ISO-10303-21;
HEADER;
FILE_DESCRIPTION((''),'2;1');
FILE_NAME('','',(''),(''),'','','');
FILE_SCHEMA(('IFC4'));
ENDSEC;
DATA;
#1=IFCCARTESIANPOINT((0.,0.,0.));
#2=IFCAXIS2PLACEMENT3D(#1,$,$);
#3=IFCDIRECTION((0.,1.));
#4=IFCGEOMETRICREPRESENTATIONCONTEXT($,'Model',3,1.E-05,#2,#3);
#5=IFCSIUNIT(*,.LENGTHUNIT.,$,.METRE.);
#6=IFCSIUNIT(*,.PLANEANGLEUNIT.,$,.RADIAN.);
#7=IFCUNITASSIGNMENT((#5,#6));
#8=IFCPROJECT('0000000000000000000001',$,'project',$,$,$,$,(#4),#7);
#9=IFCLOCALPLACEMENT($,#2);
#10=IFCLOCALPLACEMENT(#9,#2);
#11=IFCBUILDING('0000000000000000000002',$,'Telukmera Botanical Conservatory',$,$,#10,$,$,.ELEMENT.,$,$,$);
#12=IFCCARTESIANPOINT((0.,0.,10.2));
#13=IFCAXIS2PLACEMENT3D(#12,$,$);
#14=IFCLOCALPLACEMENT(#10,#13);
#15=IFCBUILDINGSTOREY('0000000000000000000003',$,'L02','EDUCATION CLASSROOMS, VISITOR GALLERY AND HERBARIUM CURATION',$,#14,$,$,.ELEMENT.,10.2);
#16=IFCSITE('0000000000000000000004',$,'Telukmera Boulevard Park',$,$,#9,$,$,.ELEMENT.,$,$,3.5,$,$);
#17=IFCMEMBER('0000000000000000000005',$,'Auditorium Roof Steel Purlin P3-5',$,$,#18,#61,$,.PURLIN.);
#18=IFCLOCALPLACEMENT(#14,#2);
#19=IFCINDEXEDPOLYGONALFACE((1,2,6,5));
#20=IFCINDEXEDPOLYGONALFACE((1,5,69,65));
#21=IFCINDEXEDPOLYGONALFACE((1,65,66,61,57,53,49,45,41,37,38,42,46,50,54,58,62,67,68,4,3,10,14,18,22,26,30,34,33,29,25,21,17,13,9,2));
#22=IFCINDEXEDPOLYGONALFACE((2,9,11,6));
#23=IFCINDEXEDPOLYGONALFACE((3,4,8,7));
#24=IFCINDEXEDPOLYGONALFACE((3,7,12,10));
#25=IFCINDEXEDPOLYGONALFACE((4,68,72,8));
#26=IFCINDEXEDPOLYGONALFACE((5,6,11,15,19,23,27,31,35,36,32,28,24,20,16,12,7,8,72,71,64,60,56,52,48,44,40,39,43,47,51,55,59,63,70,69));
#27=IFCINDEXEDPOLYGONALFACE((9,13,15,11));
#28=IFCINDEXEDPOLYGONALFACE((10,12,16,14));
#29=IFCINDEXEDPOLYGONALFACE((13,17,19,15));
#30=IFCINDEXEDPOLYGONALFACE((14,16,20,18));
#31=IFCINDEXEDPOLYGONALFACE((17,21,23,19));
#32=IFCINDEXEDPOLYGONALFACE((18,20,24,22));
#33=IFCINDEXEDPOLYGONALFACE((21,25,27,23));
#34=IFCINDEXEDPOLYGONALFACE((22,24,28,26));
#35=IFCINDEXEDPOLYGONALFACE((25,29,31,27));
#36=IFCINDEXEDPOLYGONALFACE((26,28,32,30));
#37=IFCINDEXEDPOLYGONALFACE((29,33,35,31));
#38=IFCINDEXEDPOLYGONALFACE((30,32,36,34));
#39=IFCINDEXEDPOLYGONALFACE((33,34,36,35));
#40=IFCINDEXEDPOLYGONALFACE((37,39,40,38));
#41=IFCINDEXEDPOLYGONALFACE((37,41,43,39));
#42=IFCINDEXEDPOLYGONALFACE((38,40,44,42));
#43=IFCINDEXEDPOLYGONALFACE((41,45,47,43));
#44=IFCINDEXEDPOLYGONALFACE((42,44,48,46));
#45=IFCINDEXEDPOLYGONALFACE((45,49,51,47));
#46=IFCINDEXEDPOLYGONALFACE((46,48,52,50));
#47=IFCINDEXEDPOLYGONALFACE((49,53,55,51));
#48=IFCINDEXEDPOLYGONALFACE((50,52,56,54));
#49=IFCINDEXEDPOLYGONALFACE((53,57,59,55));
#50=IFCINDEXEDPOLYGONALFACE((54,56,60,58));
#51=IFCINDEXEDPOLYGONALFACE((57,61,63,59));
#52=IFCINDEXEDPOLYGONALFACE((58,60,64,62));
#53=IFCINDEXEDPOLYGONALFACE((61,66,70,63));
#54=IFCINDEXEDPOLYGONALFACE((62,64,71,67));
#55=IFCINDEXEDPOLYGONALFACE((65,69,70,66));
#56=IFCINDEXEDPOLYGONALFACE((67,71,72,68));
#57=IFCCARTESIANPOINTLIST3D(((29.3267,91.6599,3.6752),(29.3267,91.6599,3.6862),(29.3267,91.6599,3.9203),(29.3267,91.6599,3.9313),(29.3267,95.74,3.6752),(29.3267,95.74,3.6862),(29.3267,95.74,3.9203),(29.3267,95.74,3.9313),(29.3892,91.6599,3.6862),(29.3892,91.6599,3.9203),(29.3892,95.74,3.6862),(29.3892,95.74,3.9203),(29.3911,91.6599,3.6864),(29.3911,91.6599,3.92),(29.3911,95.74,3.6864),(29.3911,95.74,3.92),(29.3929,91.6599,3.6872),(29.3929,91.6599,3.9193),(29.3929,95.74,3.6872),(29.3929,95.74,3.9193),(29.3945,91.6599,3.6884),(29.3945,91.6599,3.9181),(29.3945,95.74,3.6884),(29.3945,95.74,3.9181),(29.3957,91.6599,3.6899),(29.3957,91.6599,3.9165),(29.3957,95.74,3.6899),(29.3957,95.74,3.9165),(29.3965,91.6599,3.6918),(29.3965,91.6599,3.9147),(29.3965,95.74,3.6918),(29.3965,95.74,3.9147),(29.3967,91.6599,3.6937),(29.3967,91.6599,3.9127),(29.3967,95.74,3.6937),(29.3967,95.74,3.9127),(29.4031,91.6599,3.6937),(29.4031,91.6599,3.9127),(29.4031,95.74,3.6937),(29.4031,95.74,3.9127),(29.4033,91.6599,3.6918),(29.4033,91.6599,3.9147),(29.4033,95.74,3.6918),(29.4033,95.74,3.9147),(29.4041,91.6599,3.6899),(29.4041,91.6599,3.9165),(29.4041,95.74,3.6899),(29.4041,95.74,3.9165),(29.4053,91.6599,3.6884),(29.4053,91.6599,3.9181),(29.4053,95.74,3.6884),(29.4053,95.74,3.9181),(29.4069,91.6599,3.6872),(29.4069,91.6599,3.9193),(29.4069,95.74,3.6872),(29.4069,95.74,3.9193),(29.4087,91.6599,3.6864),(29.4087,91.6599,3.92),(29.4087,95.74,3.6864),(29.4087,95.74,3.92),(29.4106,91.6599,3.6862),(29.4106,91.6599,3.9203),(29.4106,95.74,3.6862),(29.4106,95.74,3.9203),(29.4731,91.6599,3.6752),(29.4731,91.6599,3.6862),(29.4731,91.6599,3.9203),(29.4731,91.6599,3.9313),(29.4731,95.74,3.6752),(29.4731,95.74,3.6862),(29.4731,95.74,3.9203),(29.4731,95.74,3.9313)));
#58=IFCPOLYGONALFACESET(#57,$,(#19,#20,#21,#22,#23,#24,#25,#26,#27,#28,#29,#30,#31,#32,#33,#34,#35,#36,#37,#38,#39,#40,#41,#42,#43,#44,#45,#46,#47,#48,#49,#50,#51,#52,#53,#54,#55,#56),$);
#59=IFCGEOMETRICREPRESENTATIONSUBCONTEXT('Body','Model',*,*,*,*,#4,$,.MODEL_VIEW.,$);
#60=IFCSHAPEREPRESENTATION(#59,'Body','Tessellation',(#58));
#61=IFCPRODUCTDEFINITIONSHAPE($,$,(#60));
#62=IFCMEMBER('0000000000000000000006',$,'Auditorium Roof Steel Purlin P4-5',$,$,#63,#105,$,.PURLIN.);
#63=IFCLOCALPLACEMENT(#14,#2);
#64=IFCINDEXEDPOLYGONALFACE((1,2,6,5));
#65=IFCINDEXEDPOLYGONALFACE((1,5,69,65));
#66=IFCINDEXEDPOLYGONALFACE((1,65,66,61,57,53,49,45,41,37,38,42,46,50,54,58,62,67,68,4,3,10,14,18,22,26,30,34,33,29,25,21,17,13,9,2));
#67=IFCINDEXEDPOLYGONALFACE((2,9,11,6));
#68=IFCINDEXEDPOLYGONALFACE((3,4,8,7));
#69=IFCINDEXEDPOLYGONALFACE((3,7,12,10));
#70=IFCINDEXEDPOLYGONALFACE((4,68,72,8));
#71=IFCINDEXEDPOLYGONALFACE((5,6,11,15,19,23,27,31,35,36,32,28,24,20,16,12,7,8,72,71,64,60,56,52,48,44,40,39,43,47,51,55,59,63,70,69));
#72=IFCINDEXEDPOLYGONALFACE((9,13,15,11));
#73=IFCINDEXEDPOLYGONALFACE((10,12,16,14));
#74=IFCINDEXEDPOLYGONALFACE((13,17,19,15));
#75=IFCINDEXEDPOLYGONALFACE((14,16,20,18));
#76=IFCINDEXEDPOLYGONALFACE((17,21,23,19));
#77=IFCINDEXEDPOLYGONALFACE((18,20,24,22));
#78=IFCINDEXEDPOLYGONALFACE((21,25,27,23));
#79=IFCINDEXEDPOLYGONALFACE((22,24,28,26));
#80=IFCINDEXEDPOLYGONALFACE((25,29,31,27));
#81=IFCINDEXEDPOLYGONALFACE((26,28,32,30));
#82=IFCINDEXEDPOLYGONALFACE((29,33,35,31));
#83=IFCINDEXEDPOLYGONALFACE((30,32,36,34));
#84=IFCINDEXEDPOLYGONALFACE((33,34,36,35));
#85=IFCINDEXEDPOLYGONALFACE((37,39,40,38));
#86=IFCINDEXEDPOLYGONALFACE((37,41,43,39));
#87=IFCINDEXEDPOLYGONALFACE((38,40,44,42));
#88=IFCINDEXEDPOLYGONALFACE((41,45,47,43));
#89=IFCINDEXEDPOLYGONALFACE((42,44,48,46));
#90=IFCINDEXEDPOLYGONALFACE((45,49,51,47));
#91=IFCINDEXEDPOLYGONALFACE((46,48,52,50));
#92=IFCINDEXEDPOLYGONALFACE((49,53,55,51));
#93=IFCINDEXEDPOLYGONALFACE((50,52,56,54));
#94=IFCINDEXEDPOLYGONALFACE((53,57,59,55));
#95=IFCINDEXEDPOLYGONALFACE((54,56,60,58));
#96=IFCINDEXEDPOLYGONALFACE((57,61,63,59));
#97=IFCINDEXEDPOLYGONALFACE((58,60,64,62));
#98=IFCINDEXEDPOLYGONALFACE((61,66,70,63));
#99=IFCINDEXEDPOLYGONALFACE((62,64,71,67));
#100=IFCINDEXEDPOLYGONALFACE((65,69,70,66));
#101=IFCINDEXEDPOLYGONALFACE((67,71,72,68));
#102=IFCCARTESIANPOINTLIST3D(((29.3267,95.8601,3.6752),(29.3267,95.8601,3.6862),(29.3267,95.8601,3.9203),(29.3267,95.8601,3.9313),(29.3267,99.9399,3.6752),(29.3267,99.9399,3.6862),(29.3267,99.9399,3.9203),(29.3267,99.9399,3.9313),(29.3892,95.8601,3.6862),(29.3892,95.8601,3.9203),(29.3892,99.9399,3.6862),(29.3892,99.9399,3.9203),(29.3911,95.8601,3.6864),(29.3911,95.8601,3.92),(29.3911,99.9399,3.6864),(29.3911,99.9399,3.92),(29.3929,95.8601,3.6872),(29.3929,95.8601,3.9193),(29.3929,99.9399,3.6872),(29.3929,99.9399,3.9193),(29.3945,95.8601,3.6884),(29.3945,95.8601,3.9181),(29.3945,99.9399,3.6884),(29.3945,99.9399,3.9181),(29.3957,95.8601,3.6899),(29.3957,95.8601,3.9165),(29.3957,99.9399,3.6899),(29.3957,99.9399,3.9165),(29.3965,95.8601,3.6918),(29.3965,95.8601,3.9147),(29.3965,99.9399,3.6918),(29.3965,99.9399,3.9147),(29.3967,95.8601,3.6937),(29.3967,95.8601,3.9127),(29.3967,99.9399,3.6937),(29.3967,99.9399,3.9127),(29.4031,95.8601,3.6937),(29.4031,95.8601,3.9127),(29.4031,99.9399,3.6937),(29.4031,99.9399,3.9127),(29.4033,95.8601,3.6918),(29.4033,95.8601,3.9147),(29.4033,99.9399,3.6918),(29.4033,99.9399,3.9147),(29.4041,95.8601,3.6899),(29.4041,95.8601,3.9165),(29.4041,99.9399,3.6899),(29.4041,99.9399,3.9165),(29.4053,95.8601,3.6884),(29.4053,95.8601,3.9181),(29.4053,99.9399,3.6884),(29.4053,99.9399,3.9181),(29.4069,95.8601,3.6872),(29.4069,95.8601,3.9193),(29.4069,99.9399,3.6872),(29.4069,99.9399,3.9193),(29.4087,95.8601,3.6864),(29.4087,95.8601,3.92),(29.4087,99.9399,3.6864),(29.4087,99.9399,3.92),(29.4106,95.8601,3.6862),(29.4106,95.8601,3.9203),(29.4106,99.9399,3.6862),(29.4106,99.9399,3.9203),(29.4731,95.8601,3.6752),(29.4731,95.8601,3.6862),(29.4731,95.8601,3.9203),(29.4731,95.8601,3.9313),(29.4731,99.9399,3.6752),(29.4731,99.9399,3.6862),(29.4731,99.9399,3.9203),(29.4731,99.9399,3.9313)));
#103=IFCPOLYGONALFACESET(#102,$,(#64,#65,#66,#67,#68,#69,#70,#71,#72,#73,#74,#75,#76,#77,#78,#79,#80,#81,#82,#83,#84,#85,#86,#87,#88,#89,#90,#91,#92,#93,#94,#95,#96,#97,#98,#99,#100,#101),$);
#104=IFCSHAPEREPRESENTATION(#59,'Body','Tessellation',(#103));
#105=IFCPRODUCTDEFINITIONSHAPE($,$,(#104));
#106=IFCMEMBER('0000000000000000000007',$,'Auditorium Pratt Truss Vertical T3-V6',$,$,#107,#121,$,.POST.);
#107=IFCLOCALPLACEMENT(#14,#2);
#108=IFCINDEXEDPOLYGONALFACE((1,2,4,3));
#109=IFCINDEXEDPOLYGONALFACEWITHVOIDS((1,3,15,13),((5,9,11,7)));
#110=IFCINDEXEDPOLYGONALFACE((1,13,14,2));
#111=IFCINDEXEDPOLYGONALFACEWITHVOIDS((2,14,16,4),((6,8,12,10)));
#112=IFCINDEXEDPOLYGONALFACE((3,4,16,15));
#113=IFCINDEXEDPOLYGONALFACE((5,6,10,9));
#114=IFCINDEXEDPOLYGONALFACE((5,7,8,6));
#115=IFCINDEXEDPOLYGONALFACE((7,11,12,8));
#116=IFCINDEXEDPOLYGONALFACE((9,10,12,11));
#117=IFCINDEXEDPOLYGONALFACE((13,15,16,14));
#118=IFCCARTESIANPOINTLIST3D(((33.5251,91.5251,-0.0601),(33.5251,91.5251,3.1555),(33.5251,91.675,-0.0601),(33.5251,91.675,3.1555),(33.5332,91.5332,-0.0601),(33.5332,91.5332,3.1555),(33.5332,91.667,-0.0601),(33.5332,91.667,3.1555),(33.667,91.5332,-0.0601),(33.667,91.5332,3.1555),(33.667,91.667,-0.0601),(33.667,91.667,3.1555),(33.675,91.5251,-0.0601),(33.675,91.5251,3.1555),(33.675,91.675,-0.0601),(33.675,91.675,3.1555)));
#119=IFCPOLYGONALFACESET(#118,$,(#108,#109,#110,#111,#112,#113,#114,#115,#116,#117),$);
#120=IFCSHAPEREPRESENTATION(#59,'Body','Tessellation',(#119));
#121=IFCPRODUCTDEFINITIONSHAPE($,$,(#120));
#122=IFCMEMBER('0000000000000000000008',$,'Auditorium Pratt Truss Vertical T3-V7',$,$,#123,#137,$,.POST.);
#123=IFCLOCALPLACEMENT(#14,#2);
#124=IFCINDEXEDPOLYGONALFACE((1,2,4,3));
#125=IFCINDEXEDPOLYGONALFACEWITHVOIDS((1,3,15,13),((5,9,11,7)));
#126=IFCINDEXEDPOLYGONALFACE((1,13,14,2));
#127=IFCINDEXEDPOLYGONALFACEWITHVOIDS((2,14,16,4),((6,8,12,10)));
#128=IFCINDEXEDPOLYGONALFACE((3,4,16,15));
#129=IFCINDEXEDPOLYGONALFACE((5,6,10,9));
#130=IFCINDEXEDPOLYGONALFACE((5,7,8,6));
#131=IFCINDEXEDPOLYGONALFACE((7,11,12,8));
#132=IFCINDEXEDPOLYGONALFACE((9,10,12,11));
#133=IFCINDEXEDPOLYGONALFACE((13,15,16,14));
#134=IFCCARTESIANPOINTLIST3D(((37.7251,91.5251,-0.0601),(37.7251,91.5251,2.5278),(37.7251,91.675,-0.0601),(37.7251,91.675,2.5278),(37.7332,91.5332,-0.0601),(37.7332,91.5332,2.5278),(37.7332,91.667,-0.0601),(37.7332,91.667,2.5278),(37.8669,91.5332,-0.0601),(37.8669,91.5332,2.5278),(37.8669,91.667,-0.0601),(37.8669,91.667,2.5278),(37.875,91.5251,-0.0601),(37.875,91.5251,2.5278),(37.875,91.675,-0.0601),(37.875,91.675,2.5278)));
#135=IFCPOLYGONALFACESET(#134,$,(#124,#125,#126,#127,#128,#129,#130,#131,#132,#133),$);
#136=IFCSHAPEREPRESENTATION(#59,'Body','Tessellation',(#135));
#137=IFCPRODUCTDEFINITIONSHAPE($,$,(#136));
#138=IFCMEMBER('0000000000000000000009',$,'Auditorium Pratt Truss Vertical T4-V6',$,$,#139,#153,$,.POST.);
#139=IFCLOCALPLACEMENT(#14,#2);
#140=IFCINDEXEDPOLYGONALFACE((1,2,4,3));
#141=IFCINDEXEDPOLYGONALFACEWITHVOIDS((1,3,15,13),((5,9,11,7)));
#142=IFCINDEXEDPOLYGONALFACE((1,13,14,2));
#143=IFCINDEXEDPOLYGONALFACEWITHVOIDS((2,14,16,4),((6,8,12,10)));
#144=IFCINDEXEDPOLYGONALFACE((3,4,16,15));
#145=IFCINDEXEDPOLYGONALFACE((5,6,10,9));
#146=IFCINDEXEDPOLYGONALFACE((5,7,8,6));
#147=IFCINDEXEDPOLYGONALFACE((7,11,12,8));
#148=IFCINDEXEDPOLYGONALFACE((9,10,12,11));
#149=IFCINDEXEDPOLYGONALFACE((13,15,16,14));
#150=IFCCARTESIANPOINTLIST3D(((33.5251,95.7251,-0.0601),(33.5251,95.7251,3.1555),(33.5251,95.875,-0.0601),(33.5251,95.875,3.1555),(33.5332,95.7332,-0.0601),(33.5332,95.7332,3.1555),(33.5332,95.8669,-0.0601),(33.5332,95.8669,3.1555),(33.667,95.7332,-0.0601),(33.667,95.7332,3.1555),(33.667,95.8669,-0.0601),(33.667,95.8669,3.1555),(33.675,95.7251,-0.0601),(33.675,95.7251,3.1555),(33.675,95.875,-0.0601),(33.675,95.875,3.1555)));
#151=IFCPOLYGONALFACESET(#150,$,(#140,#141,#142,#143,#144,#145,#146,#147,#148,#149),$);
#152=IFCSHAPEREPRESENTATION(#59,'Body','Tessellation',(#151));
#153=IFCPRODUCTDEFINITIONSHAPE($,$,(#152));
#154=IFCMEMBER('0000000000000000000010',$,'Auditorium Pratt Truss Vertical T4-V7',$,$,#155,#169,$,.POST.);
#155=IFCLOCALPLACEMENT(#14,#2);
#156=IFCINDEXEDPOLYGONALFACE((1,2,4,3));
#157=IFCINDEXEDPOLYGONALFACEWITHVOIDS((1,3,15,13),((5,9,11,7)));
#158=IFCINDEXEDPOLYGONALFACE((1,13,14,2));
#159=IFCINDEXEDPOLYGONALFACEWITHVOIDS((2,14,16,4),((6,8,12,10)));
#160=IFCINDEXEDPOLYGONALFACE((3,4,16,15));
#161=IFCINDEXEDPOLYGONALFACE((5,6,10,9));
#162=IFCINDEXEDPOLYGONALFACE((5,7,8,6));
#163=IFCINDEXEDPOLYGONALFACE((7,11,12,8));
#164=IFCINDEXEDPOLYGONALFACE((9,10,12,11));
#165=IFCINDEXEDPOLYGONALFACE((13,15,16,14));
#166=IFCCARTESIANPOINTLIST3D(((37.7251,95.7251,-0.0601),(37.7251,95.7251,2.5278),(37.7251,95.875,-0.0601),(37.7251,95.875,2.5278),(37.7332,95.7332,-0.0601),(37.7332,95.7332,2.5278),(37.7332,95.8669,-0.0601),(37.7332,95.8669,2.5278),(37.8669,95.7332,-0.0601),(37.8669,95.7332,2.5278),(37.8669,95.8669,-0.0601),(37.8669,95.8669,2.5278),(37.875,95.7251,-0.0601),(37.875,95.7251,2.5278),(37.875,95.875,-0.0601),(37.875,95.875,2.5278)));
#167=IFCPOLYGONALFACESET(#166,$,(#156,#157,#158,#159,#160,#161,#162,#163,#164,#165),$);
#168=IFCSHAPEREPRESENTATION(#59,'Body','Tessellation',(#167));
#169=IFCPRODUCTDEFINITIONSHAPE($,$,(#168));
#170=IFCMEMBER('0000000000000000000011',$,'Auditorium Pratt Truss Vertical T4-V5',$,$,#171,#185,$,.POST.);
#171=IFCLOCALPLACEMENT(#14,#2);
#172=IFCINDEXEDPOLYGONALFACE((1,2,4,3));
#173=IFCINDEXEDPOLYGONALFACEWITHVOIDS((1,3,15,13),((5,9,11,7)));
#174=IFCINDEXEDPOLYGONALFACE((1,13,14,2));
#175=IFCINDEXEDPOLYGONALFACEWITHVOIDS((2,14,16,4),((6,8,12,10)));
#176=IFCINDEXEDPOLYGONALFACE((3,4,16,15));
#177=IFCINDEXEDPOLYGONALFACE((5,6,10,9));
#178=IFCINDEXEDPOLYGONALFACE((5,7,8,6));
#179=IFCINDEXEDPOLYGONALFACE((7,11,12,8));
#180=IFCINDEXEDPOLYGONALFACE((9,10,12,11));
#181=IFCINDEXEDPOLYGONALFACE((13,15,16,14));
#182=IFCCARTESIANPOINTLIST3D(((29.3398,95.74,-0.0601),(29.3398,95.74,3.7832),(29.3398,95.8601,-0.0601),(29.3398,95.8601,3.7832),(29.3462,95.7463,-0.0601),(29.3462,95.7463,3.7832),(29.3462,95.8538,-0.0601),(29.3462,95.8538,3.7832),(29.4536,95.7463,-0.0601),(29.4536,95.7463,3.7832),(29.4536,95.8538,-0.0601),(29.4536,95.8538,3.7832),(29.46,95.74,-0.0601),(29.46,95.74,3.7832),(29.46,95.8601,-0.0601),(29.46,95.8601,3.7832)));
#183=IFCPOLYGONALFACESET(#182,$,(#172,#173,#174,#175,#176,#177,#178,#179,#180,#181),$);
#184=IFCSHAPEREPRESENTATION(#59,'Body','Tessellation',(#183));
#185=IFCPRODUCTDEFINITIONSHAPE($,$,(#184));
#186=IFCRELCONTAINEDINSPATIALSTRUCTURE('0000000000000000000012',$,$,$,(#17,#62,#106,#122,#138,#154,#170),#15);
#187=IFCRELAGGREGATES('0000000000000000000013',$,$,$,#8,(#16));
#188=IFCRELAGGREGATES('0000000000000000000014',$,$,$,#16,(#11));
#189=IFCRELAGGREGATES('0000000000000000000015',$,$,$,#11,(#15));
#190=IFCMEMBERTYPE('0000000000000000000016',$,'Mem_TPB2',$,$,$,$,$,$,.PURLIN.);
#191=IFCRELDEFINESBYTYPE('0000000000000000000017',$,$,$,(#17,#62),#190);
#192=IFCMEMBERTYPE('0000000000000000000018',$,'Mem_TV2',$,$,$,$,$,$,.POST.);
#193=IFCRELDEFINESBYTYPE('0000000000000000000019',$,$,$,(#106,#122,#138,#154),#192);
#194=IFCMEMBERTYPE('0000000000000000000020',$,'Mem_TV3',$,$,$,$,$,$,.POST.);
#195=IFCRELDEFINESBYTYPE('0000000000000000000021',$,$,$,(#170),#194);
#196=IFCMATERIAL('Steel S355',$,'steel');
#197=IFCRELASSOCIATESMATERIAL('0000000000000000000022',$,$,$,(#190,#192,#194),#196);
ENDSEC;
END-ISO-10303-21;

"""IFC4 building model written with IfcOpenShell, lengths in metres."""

from ifc_helpers import new_model, si_unit, direction, frame, origin, origin_2d, place, context, subcontext, project, spatial, hollow_rectangle, i_section, extrude, material, material_profile, profile_set, type_object, element, save


model = new_model("IFC4")

# Units and contexts
model_context = context("Model", 3, precision=1e-05, world=origin(), true_north=direction((0.0, 1.0)))
body_context = subcontext(model_context, "Body", "Model", "MODEL_VIEW")
ifc_project = project(units=[si_unit("LENGTHUNIT", "METRE"), si_unit("PLANEANGLEUNIT", "RADIAN")], contexts=[model_context])

# Site, building, storey
site_placement = place(None, origin())
site = spatial("IfcSite", under=ifc_project, at=site_placement, Name="Telukmera Boulevard Park", CompositionType="ELEMENT", RefElevation=3.5)
building_placement = place(site_placement, origin())
building = spatial("IfcBuilding", under=site, at=building_placement, Name="Telukmera Botanical Conservatory", CompositionType="ELEMENT")
storey_placement = place(building_placement, frame((0.0, 0.0, 10.2)))
storey = spatial("IfcBuildingStorey", under=building, at=storey_placement, Name="L02", Description="EDUCATION CLASSROOMS, VISITOR GALLERY AND HERBARIUM CURATION", CompositionType="ELEMENT", Elevation=10.2)

# Members
ifc_material = material(Name="Steel S355", Category="steel")
ifc_material_profile_1 = material_profile(ifc_material, i_section(OverallWidth=0.1465, OverallDepth=0.2561, WebThickness=0.0063, FlangeThickness=0.011, FilletRadius=0.0076, at=origin_2d()), Name="UB 254x146x37")
ifc_profile_set_1 = profile_set([ifc_material_profile_1], Name="Steel S355")
member_type_1 = type_object("IfcMemberType", Name="Mem_TPB2", PredefinedType="PURLIN", material=ifc_profile_set_1)
member_1_placement = place(storey_placement, frame((29.3999, 91.6599, 3.8032), z_axis=(0.0, 1.0, 0.0), x_axis=(-1.0, 0.0, 0.0)))
element("IfcMember", 1, at=member_1_placement, inside=storey, type_object=member_type_1, Name="Auditorium Roof Steel Purlin P3-5", PredefinedType="PURLIN", context=body_context, shape_type="SweptSolid", body=[
    extrude(i_section(OverallWidth=0.1465, OverallDepth=0.2561, WebThickness=0.0063, FlangeThickness=0.011, FilletRadius=0.0076, at=origin_2d()), origin(), (0.0, 0.0, 1.0), 4.0801),
])
member_2_placement = place(storey_placement, frame((29.3999, 95.8601, 3.8032), z_axis=(0.0, 1.0, 0.0), x_axis=(-1.0, 0.0, 0.0)))
element("IfcMember", 2, at=member_2_placement, inside=storey, type_object=member_type_1, Name="Auditorium Roof Steel Purlin P4-5", PredefinedType="PURLIN", context=body_context, shape_type="SweptSolid", body=[
    extrude(i_section(OverallWidth=0.1465, OverallDepth=0.2561, WebThickness=0.0063, FlangeThickness=0.011, FilletRadius=0.0076, at=origin_2d()), origin(), (0.0, 0.0, 1.0), 4.0798),
])
ifc_material_profile_2 = material_profile(ifc_material, hollow_rectangle(XDim=0.1499, YDim=0.1499, WallThickness=0.0081, at=origin_2d()), Name="SHS 150x150x8.0")
ifc_profile_set_2 = profile_set([ifc_material_profile_2], Name="Steel S355")
member_type_2 = type_object("IfcMemberType", Name="Mem_TV2", PredefinedType="POST", material=ifc_profile_set_2)
member_3_placement = place(storey_placement, frame((33.6001, 91.6001, -0.0601), z_axis=(0.0, 0.0, 1.0), x_axis=(1.0, 0.0, 0.0)))
element("IfcMember", 3, at=member_3_placement, inside=storey, type_object=member_type_2, Name="Auditorium Pratt Truss Vertical T3-V6", PredefinedType="POST", context=body_context, shape_type="SweptSolid", body=[
    extrude(hollow_rectangle(XDim=0.1499, YDim=0.1499, WallThickness=0.0081, at=origin_2d()), origin(), (0.0, 0.0, 1.0), 3.2156),
])
member_4_placement = place(storey_placement, frame((37.8, 91.6001, -0.0601), z_axis=(0.0, 0.0, 1.0), x_axis=(1.0, 0.0, 0.0)))
element("IfcMember", 4, at=member_4_placement, inside=storey, type_object=member_type_2, Name="Auditorium Pratt Truss Vertical T3-V7", PredefinedType="POST", context=body_context, shape_type="SweptSolid", body=[
    extrude(hollow_rectangle(XDim=0.1499, YDim=0.1499, WallThickness=0.0081, at=origin_2d()), origin(), (0.0, 0.0, 1.0), 2.5879),
])
member_5_placement = place(storey_placement, frame((33.6001, 95.8, -0.0601), z_axis=(0.0, 0.0, 1.0), x_axis=(1.0, 0.0, 0.0)))
element("IfcMember", 5, at=member_5_placement, inside=storey, type_object=member_type_2, Name="Auditorium Pratt Truss Vertical T4-V6", PredefinedType="POST", context=body_context, shape_type="SweptSolid", body=[
    extrude(hollow_rectangle(XDim=0.1499, YDim=0.1499, WallThickness=0.0081, at=origin_2d()), origin(), (0.0, 0.0, 1.0), 3.2156),
])
member_6_placement = place(storey_placement, frame((37.8, 95.8, -0.0601), z_axis=(0.0, 0.0, 1.0), x_axis=(1.0, 0.0, 0.0)))
element("IfcMember", 6, at=member_6_placement, inside=storey, type_object=member_type_2, Name="Auditorium Pratt Truss Vertical T4-V7", PredefinedType="POST", context=body_context, shape_type="SweptSolid", body=[
    extrude(hollow_rectangle(XDim=0.1499, YDim=0.1499, WallThickness=0.0081, at=origin_2d()), origin(), (0.0, 0.0, 1.0), 2.5879),
])
ifc_material_profile_3 = material_profile(ifc_material, hollow_rectangle(XDim=0.1201, YDim=0.1201, WallThickness=0.0063, at=origin_2d()), Name="SHS 120x120x6.3")
ifc_profile_set_3 = profile_set([ifc_material_profile_3], Name="Steel S355")
member_type_3 = type_object("IfcMemberType", Name="Mem_TV3", PredefinedType="POST", material=ifc_profile_set_3)
member_7_placement = place(storey_placement, frame((29.3999, 95.8, -0.0601), z_axis=(0.0, 0.0, 1.0), x_axis=(1.0, 0.0, 0.0)))
element("IfcMember", 7, at=member_7_placement, inside=storey, type_object=member_type_3, Name="Auditorium Pratt Truss Vertical T4-V5", PredefinedType="POST", context=body_context, shape_type="SweptSolid", body=[
    extrude(hollow_rectangle(XDim=0.1201, YDim=0.1201, WallThickness=0.0063, at=origin_2d()), origin(), (0.0, 0.0, 1.0), 3.8433),
])

save(model, "model.ifc")
